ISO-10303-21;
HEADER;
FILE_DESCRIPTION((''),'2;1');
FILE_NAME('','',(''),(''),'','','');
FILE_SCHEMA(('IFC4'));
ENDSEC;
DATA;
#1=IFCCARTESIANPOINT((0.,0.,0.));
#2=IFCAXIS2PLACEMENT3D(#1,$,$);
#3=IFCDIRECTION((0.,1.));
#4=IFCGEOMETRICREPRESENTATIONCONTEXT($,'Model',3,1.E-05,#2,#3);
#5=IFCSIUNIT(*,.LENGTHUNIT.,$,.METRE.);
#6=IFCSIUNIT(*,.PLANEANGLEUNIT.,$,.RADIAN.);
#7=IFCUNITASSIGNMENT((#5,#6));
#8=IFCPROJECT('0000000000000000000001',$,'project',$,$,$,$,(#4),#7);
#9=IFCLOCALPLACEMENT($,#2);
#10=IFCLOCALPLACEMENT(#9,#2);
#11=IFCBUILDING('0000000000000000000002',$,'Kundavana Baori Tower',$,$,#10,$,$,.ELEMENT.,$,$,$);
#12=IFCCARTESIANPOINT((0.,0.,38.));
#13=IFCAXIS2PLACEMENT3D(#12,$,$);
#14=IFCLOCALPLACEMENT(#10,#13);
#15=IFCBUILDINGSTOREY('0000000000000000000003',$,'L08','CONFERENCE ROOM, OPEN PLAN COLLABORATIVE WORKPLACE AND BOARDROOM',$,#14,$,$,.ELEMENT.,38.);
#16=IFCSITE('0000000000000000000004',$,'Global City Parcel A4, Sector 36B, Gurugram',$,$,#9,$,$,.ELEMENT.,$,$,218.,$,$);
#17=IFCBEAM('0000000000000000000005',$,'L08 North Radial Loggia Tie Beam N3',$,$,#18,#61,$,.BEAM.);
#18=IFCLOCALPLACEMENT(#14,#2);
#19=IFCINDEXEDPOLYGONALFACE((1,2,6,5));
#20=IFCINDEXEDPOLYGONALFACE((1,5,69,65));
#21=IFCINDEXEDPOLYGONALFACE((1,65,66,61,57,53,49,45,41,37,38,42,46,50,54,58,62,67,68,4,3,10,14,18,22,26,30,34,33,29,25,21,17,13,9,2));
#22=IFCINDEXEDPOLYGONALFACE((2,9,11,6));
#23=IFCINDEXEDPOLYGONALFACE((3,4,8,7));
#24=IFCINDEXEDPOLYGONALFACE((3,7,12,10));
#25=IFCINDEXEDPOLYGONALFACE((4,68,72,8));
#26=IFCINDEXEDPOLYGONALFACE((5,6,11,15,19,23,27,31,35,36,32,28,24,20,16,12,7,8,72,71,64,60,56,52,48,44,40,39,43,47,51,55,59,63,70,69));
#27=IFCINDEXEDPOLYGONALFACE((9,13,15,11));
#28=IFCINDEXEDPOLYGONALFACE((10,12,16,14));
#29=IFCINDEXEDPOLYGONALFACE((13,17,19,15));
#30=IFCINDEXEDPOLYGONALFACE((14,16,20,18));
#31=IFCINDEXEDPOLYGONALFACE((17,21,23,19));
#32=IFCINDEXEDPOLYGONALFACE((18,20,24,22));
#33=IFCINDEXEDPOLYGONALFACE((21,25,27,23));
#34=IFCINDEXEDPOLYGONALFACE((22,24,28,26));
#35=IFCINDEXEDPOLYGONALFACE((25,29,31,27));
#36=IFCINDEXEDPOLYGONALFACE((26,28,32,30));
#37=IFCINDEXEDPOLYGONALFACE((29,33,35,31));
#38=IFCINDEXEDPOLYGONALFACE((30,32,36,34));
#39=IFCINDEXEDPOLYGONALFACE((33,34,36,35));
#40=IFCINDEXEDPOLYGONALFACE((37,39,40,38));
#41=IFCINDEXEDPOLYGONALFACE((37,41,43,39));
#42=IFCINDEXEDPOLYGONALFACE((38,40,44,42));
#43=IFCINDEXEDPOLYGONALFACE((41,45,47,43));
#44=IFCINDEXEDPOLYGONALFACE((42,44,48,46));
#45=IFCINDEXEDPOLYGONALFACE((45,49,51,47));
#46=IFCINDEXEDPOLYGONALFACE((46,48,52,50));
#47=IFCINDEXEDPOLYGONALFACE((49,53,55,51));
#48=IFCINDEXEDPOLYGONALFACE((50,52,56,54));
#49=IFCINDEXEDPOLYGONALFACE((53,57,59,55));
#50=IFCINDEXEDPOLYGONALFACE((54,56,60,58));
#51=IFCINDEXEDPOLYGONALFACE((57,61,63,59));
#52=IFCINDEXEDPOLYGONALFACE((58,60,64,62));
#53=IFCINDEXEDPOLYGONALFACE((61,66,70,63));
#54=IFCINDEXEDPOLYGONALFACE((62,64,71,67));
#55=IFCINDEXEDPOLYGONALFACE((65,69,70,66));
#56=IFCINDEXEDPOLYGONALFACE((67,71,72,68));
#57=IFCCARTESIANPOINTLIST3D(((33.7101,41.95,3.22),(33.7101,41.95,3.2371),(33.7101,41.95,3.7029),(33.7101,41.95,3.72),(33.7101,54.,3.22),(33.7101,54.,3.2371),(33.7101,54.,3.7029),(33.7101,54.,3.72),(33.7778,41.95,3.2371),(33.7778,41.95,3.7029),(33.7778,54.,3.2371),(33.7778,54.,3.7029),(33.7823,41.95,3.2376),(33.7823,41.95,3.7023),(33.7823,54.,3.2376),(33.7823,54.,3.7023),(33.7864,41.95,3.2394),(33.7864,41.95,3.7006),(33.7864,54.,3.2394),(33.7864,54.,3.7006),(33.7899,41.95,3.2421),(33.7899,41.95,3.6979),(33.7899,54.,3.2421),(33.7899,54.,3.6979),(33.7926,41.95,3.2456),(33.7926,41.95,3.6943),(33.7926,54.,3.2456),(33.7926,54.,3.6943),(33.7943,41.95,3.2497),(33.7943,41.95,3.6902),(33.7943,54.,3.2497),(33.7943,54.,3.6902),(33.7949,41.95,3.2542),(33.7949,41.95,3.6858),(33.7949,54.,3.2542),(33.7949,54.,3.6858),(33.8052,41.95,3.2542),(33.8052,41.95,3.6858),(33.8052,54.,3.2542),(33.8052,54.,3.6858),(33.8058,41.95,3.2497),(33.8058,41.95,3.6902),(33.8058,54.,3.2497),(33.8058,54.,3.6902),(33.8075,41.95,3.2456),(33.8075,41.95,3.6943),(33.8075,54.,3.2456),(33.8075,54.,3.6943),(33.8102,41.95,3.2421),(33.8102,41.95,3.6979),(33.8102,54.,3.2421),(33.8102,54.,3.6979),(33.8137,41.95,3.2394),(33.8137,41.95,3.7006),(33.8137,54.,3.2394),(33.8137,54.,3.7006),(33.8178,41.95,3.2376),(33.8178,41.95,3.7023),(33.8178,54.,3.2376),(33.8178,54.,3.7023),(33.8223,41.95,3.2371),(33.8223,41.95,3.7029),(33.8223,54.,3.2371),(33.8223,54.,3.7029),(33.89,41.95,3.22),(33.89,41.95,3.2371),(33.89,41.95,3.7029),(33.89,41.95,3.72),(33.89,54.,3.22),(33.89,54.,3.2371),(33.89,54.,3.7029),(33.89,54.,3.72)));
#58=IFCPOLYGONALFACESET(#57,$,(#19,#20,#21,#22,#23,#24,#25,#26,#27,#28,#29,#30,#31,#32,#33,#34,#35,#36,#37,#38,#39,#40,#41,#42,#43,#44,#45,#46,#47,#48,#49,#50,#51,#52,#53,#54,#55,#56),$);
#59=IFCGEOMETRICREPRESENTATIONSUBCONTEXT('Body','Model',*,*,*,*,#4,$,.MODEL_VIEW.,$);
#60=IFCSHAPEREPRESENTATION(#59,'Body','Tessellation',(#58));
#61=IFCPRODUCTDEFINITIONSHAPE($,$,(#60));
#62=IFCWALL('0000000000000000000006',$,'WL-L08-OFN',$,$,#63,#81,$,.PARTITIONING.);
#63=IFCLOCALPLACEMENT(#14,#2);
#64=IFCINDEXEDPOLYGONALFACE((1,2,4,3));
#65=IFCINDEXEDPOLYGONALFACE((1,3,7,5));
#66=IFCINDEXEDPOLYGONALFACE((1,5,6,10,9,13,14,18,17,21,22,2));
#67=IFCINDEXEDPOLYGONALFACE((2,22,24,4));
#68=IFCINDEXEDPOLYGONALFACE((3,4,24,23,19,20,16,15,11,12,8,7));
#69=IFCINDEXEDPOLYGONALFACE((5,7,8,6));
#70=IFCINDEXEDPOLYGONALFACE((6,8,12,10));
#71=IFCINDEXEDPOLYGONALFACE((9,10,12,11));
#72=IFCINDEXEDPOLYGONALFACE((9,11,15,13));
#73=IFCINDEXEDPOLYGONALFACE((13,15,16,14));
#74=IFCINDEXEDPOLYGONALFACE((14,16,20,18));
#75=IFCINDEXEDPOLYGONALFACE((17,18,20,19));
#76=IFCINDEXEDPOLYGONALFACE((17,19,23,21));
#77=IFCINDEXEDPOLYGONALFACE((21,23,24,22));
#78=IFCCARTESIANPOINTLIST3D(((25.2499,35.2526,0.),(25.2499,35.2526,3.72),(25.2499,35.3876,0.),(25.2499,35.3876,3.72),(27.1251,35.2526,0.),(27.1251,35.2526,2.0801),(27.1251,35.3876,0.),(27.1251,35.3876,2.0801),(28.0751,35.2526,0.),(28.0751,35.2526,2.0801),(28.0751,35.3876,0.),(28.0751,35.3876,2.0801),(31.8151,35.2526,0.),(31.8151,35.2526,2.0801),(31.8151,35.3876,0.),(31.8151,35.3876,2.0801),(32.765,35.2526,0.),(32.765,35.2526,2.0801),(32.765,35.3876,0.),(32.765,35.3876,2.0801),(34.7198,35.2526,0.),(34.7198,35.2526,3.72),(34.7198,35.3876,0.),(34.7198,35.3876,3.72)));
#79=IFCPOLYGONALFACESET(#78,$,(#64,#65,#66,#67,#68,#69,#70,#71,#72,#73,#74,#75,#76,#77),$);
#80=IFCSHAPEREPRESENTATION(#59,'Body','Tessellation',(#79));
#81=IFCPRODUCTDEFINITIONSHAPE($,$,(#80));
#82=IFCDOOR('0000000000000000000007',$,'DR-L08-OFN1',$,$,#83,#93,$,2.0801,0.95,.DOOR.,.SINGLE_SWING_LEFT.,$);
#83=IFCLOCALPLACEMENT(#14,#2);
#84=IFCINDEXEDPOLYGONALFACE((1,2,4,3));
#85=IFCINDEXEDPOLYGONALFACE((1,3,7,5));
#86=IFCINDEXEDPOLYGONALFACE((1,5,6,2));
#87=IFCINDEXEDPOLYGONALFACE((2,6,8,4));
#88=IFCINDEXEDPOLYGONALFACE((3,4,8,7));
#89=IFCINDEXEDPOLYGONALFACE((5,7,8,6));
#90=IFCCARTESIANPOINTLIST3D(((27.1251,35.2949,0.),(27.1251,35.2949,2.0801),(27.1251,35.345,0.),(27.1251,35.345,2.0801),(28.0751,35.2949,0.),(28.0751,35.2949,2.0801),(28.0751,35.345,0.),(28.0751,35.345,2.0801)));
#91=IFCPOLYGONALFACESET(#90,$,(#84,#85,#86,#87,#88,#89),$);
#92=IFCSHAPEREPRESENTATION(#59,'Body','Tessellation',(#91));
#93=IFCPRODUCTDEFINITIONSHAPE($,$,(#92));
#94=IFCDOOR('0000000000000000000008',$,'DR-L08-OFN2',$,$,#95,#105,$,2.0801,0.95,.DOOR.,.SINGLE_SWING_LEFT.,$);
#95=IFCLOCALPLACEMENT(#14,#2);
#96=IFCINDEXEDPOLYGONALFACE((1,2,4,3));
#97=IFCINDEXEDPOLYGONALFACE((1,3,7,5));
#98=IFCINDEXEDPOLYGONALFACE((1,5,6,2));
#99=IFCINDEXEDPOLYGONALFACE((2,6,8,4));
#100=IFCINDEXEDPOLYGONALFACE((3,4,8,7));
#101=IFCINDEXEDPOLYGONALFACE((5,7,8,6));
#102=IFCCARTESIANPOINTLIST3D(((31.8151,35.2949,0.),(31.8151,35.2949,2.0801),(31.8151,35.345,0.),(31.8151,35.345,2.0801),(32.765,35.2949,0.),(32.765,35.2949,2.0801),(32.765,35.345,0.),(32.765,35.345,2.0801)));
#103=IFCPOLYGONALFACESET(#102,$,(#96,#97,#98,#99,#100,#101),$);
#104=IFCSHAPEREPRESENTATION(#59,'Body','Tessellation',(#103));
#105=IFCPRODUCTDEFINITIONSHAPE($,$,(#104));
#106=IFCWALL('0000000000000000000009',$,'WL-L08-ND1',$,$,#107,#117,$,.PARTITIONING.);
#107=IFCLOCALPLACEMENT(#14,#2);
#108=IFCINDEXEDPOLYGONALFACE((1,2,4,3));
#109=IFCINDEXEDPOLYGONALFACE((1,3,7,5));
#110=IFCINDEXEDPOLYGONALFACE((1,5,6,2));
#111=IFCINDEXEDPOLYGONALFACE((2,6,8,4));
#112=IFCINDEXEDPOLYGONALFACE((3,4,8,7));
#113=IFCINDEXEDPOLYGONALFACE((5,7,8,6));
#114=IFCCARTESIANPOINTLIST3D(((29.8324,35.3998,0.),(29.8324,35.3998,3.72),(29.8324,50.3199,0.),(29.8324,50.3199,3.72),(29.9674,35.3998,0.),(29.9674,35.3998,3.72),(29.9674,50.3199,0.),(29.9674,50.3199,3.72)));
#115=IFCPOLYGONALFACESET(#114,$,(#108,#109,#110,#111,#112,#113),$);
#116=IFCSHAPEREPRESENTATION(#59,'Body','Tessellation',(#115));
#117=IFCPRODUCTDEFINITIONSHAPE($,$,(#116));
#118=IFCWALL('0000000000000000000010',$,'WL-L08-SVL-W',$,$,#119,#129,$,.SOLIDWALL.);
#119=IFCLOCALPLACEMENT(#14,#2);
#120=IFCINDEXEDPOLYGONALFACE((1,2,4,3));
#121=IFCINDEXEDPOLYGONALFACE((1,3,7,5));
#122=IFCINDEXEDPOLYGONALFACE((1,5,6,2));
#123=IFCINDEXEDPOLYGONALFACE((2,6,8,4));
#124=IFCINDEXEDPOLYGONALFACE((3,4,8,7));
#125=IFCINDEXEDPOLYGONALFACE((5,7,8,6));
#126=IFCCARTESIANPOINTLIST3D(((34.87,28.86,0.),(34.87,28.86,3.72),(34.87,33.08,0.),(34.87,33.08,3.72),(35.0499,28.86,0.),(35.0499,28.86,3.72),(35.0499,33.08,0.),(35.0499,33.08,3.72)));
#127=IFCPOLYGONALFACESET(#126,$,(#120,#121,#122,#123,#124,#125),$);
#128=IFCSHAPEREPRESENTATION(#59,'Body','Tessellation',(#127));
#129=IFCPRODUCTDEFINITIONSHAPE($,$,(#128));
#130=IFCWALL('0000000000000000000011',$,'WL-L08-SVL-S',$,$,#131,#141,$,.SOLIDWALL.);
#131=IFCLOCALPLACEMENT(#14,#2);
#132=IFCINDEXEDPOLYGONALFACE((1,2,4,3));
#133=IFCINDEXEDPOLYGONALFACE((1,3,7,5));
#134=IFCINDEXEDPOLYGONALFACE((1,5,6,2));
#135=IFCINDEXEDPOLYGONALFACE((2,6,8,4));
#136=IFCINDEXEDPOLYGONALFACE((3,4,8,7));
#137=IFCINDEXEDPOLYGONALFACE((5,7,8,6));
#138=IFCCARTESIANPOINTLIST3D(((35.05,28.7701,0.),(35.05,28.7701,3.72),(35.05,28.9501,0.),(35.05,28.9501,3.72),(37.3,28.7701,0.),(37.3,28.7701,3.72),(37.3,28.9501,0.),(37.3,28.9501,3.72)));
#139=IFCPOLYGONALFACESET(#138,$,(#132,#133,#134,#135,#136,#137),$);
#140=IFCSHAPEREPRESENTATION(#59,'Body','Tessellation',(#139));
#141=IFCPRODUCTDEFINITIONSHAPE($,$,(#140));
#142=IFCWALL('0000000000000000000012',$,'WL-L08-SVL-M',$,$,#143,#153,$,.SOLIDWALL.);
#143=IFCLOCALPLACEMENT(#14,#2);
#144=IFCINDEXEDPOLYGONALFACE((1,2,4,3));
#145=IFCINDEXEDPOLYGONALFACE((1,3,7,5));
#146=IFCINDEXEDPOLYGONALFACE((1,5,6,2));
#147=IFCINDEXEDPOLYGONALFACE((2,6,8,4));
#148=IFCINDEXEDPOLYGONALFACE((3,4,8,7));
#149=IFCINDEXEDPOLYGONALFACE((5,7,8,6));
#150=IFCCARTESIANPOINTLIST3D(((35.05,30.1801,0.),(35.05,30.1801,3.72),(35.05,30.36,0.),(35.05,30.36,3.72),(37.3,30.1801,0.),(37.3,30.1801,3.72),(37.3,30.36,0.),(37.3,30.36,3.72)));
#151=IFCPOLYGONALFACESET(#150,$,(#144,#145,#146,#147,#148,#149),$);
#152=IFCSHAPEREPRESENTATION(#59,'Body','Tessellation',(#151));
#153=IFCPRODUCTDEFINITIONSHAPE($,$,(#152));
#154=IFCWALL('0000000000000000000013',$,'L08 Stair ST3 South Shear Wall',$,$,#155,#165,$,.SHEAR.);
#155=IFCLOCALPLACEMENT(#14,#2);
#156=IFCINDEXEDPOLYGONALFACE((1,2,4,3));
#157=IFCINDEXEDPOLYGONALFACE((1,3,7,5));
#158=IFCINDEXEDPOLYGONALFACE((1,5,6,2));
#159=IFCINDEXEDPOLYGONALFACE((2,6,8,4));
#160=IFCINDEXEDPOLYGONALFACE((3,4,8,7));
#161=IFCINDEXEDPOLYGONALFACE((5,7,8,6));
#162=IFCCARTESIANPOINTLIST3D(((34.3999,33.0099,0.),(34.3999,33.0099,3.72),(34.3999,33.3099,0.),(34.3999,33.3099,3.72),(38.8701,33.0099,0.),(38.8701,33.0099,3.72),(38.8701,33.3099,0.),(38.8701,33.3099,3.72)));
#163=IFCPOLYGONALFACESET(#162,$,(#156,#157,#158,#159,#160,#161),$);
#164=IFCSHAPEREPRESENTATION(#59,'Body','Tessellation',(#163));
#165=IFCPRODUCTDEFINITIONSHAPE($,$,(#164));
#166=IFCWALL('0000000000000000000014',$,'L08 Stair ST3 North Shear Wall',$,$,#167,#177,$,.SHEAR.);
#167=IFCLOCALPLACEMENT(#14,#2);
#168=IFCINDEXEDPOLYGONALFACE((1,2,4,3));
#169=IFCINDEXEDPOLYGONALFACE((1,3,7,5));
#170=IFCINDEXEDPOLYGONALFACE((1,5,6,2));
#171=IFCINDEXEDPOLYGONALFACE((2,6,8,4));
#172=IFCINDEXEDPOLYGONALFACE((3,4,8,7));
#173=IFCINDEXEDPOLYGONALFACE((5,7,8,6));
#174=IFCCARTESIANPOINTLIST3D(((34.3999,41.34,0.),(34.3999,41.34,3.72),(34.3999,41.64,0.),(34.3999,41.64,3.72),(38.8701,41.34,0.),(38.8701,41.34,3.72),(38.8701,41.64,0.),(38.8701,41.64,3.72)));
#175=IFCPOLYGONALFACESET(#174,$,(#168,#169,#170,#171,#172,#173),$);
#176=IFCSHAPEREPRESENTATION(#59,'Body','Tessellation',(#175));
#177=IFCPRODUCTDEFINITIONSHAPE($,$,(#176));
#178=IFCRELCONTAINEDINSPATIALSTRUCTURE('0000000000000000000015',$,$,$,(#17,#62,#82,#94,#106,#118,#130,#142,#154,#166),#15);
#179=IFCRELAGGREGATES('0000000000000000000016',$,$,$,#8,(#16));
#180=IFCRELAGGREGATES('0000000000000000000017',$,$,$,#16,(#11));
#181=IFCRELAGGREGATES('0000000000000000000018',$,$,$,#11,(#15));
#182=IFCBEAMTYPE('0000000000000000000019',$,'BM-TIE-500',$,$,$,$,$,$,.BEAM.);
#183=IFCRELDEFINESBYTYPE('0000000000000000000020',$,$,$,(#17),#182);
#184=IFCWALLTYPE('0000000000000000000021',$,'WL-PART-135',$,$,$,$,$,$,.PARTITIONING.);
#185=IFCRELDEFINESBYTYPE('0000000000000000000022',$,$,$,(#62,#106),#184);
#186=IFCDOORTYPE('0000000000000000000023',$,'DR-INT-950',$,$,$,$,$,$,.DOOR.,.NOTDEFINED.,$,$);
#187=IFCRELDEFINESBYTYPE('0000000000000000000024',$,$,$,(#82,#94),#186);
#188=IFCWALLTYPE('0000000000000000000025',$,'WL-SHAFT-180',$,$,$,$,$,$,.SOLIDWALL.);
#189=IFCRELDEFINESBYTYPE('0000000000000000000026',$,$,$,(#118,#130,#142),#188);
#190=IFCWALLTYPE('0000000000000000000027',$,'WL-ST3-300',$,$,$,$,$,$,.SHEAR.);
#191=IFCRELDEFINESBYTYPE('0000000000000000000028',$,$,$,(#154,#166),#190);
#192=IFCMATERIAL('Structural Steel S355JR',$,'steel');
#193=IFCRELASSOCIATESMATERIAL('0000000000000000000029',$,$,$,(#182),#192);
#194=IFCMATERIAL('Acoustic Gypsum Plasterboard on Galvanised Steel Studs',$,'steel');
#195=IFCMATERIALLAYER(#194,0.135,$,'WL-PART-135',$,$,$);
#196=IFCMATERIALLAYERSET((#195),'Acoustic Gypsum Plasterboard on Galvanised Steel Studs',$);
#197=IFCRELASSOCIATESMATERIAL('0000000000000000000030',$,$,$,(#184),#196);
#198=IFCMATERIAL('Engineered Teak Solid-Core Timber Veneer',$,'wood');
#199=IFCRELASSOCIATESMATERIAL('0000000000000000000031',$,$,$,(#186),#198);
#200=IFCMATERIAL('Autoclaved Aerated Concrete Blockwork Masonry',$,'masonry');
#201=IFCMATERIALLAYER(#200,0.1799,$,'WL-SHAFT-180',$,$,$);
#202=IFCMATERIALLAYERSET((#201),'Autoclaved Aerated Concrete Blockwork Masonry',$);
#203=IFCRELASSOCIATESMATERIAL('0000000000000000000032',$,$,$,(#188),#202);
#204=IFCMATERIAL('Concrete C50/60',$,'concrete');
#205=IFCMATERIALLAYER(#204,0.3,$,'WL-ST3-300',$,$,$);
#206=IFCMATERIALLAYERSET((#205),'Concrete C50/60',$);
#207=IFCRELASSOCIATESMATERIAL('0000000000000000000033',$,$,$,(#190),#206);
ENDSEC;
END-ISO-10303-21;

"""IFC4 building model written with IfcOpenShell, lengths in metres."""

from ifc_helpers import new_model, si_unit, direction, frame, frame_2d, origin, origin_2d, place, context, subcontext, project, spatial, rectangle, i_section, extrude, material, layer, layer_set, material_profile, profile_set, type_object, element, fill, save


model = new_model("IFC4")

# Units and contexts
model_context = context("Model", 3, precision=1e-05, world=origin(), true_north=direction((0.0, 1.0)))
body_context = subcontext(model_context, "Body", "Model", "MODEL_VIEW")
ifc_project = project(units=[si_unit("LENGTHUNIT", "METRE"), si_unit("PLANEANGLEUNIT", "RADIAN")], contexts=[model_context])

# Site, building, storey
site_placement = place(None, origin())
site = spatial("IfcSite", under=ifc_project, at=site_placement, Name="Global City Parcel A4, Sector 36B, Gurugram", CompositionType="ELEMENT", RefElevation=218.0)
building_placement = place(site_placement, origin())
building = spatial("IfcBuilding", under=site, at=building_placement, Name="Kundavana Baori Tower", CompositionType="ELEMENT")
storey_placement = place(building_placement, frame((0.0, 0.0, 38.0)))
storey = spatial("IfcBuildingStorey", under=building, at=storey_placement, Name="L08", Description="CONFERENCE ROOM, OPEN PLAN COLLABORATIVE WORKPLACE AND BOARDROOM", CompositionType="ELEMENT", Elevation=38.0)

# Beam
ifc_material_1 = material(Name="Structural Steel S355JR", Category="steel")
ifc_material_profile_1 = material_profile(ifc_material_1, i_section(OverallWidth=0.1799, OverallDepth=0.5, WebThickness=0.0103, FlangeThickness=0.0171, FilletRadius=0.0171, at=origin_2d()), Name="ISMB 500")
ifc_profile_set_1 = profile_set([ifc_material_profile_1], Name="Structural Steel S355JR")
beam_type_1 = type_object("IfcBeamType", Name="BM-TIE-500", PredefinedType="BEAM", material=ifc_profile_set_1)
for number, where, z_axis, x_axis, name in (
    (1, (33.8, 41.95, 3.47), (0.0, 1.0, 0.0), (-1.0, 0.0, 0.0), "L08 North Radial Loggia Tie Beam N3"),
):
    element("IfcBeam", number, at=place(storey_placement, frame(where, z_axis=z_axis, x_axis=x_axis)), inside=storey, type_object=beam_type_1, Name=name, PredefinedType="BEAM", context=body_context, shape_type="SweptSolid", body=[
        extrude(i_section(OverallWidth=0.1799, OverallDepth=0.5, WebThickness=0.0103, FlangeThickness=0.0171, FilletRadius=0.0171, at=origin_2d()), origin(), (0.0, 0.0, 1.0), 12.05),
    ])

# Wall, openings, doors
ifc_material_2 = material(Name="Acoustic Gypsum Plasterboard on Galvanised Steel Studs", Category="steel")
ifc_layer_1 = layer(ifc_material_2, 0.135, Name="WL-PART-135")
ifc_layer_set_1 = layer_set([ifc_layer_1], Name="Acoustic Gypsum Plasterboard on Galvanised Steel Studs")
wall_type_1 = type_object("IfcWallType", Name="WL-PART-135", PredefinedType="PARTITIONING", material=ifc_layer_set_1)
wall_1_placement = place(storey_placement, frame((25.25, 35.3201, 0.0), z_axis=(0.0, 0.0, 1.0), x_axis=(1.0, 0.0, 0.0)))
wall_1 = element("IfcWall", 2, at=wall_1_placement, inside=storey, type_object=wall_type_1, Name="WL-L08-OFN", PredefinedType="PARTITIONING", context=body_context, shape_type="SweptSolid", body=[
    extrude(rectangle(XDim=9.47, YDim=0.135, at=frame_2d((4.7349, 0.0))), origin(), (0.0, 0.0, 1.0), 3.72),
])
opening_1_placement = place(wall_1_placement, frame((1.875, 0.0, 0.0)))
opening_1 = element("IfcOpeningElement", 3, at=opening_1_placement, cuts=wall_1, PredefinedType="OPENING", context=body_context, shape_type="SweptSolid", body=[
    extrude(rectangle(XDim=0.95, YDim=2.0801, at=frame_2d((0.4751, 1.04))), frame((0.0, 0.0776, 0.0), z_axis=(0.0, -1.0, 0.0), x_axis=(1.0, 0.0, 0.0)), (0.0, 0.0, 1.0), 0.155),
])
opening_2_placement = place(wall_1_placement, frame((6.5649, 0.0, 0.0)))
opening_2 = element("IfcOpeningElement", 4, at=opening_2_placement, cuts=wall_1, PredefinedType="OPENING", context=body_context, shape_type="SweptSolid", body=[
    extrude(rectangle(XDim=0.95, YDim=2.0801, at=frame_2d((0.4751, 1.04))), frame((0.0, 0.0776, 0.0), z_axis=(0.0, -1.0, 0.0), x_axis=(1.0, 0.0, 0.0)), (0.0, 0.0, 1.0), 0.155),
])
ifc_material_3 = material(Name="Engineered Teak Solid-Core Timber Veneer", Category="wood")
door_type_1 = type_object("IfcDoorType", Name="DR-INT-950", OperationType="NOTDEFINED", PredefinedType="DOOR", material=ifc_material_3)
door_1_placement = place(opening_1_placement, origin())
door_1 = element("IfcDoor", 5, at=door_1_placement, inside=storey, type_object=door_type_1, Name="DR-L08-OFN1", OperationType="SINGLE_SWING_LEFT", OverallHeight=2.0801, OverallWidth=0.95, PredefinedType="DOOR", context=body_context, shape_type="SweptSolid", body=[
    extrude(rectangle(XDim=0.95, YDim=2.0801, at=frame_2d((0.4751, 1.04))), frame((0.0, 0.0249, 0.0), z_axis=(0.0, -1.0, 0.0), x_axis=(1.0, 0.0, 0.0)), (0.0, 0.0, 1.0), 0.05),
])
fill(opening_1, door_1)
door_2_placement = place(opening_2_placement, origin())
door_2 = element("IfcDoor", 6, at=door_2_placement, inside=storey, type_object=door_type_1, Name="DR-L08-OFN2", OperationType="SINGLE_SWING_LEFT", OverallHeight=2.0801, OverallWidth=0.95, PredefinedType="DOOR", context=body_context, shape_type="SweptSolid", body=[
    extrude(rectangle(XDim=0.95, YDim=2.0801, at=frame_2d((0.4751, 1.04))), frame((0.0, 0.0249, 0.0), z_axis=(0.0, -1.0, 0.0), x_axis=(1.0, 0.0, 0.0)), (0.0, 0.0, 1.0), 0.05),
])
fill(opening_2, door_2)

# Walls
wall_2_placement = place(storey_placement, frame((29.8999, 35.3999, 0.0), z_axis=(0.0, 0.0, 1.0), x_axis=(0.0, 1.0, 0.0)))
element("IfcWall", 7, at=wall_2_placement, inside=storey, type_object=wall_type_1, Name="WL-L08-ND1", PredefinedType="PARTITIONING", context=body_context, shape_type="SweptSolid", body=[
    extrude(rectangle(XDim=14.9202, YDim=0.135, at=frame_2d((7.46, 0.0))), origin(), (0.0, 0.0, 1.0), 3.72),
])
ifc_material_4 = material(Name="Autoclaved Aerated Concrete Blockwork Masonry", Category="masonry")
ifc_layer_2 = layer(ifc_material_4, 0.1799, Name="WL-SHAFT-180")
ifc_layer_set_2 = layer_set([ifc_layer_2], Name="Autoclaved Aerated Concrete Blockwork Masonry")
wall_type_2 = type_object("IfcWallType", Name="WL-SHAFT-180", PredefinedType="SOLIDWALL", material=ifc_layer_set_2)
wall_3_placement = place(storey_placement, frame((34.96, 28.8601, 0.0), z_axis=(0.0, 0.0, 1.0), x_axis=(0.0, 1.0, 0.0)))
element("IfcWall", 8, at=wall_3_placement, inside=storey, type_object=wall_type_2, Name="WL-L08-SVL-W", PredefinedType="SOLIDWALL", context=body_context, shape_type="SweptSolid", body=[
    extrude(rectangle(XDim=4.22, YDim=0.1799, at=frame_2d((2.1099, 0.0))), origin(), (0.0, 0.0, 1.0), 3.72),
])
for number, where, z_axis, x_axis, name in (
    (9, (35.05, 28.8601, 0.0), (0.0, 0.0, 1.0), (1.0, 0.0, 0.0), "WL-L08-SVL-S"),
    (10, (35.05, 30.27, 0.0), (0.0, 0.0, 1.0), (1.0, 0.0, 0.0), "WL-L08-SVL-M"),
):
    element("IfcWall", number, at=place(storey_placement, frame(where, z_axis=z_axis, x_axis=x_axis)), inside=storey, type_object=wall_type_2, Name=name, PredefinedType="SOLIDWALL", context=body_context, shape_type="SweptSolid", body=[
        extrude(rectangle(XDim=2.25, YDim=0.1799, at=frame_2d((1.125, 0.0))), origin(), (0.0, 0.0, 1.0), 3.72),
    ])
ifc_material_5 = material(Name="Concrete C50/60", Category="concrete")
ifc_layer_3 = layer(ifc_material_5, 0.3, Name="WL-ST3-300")
ifc_layer_set_3 = layer_set([ifc_layer_3], Name="Concrete C50/60")
wall_type_3 = type_object("IfcWallType", Name="WL-ST3-300", PredefinedType="SHEAR", material=ifc_layer_set_3)
for number, where, z_axis, x_axis, name in (
    (11, (34.3999, 33.1599, 0.0), (0.0, 0.0, 1.0), (1.0, 0.0, 0.0), "L08 Stair ST3 South Shear Wall"),
    (12, (34.3999, 41.49, 0.0), (0.0, 0.0, 1.0), (1.0, 0.0, 0.0), "L08 Stair ST3 North Shear Wall"),
):
    element("IfcWall", number, at=place(storey_placement, frame(where, z_axis=z_axis, x_axis=x_axis)), inside=storey, type_object=wall_type_3, Name=name, PredefinedType="SHEAR", context=body_context, shape_type="SweptSolid", body=[
        extrude(rectangle(XDim=4.4702, YDim=0.3, at=frame_2d((2.2351, 0.0))), origin(), (0.0, 0.0, 1.0), 3.72),
    ])

save(model, "model.ifc")
